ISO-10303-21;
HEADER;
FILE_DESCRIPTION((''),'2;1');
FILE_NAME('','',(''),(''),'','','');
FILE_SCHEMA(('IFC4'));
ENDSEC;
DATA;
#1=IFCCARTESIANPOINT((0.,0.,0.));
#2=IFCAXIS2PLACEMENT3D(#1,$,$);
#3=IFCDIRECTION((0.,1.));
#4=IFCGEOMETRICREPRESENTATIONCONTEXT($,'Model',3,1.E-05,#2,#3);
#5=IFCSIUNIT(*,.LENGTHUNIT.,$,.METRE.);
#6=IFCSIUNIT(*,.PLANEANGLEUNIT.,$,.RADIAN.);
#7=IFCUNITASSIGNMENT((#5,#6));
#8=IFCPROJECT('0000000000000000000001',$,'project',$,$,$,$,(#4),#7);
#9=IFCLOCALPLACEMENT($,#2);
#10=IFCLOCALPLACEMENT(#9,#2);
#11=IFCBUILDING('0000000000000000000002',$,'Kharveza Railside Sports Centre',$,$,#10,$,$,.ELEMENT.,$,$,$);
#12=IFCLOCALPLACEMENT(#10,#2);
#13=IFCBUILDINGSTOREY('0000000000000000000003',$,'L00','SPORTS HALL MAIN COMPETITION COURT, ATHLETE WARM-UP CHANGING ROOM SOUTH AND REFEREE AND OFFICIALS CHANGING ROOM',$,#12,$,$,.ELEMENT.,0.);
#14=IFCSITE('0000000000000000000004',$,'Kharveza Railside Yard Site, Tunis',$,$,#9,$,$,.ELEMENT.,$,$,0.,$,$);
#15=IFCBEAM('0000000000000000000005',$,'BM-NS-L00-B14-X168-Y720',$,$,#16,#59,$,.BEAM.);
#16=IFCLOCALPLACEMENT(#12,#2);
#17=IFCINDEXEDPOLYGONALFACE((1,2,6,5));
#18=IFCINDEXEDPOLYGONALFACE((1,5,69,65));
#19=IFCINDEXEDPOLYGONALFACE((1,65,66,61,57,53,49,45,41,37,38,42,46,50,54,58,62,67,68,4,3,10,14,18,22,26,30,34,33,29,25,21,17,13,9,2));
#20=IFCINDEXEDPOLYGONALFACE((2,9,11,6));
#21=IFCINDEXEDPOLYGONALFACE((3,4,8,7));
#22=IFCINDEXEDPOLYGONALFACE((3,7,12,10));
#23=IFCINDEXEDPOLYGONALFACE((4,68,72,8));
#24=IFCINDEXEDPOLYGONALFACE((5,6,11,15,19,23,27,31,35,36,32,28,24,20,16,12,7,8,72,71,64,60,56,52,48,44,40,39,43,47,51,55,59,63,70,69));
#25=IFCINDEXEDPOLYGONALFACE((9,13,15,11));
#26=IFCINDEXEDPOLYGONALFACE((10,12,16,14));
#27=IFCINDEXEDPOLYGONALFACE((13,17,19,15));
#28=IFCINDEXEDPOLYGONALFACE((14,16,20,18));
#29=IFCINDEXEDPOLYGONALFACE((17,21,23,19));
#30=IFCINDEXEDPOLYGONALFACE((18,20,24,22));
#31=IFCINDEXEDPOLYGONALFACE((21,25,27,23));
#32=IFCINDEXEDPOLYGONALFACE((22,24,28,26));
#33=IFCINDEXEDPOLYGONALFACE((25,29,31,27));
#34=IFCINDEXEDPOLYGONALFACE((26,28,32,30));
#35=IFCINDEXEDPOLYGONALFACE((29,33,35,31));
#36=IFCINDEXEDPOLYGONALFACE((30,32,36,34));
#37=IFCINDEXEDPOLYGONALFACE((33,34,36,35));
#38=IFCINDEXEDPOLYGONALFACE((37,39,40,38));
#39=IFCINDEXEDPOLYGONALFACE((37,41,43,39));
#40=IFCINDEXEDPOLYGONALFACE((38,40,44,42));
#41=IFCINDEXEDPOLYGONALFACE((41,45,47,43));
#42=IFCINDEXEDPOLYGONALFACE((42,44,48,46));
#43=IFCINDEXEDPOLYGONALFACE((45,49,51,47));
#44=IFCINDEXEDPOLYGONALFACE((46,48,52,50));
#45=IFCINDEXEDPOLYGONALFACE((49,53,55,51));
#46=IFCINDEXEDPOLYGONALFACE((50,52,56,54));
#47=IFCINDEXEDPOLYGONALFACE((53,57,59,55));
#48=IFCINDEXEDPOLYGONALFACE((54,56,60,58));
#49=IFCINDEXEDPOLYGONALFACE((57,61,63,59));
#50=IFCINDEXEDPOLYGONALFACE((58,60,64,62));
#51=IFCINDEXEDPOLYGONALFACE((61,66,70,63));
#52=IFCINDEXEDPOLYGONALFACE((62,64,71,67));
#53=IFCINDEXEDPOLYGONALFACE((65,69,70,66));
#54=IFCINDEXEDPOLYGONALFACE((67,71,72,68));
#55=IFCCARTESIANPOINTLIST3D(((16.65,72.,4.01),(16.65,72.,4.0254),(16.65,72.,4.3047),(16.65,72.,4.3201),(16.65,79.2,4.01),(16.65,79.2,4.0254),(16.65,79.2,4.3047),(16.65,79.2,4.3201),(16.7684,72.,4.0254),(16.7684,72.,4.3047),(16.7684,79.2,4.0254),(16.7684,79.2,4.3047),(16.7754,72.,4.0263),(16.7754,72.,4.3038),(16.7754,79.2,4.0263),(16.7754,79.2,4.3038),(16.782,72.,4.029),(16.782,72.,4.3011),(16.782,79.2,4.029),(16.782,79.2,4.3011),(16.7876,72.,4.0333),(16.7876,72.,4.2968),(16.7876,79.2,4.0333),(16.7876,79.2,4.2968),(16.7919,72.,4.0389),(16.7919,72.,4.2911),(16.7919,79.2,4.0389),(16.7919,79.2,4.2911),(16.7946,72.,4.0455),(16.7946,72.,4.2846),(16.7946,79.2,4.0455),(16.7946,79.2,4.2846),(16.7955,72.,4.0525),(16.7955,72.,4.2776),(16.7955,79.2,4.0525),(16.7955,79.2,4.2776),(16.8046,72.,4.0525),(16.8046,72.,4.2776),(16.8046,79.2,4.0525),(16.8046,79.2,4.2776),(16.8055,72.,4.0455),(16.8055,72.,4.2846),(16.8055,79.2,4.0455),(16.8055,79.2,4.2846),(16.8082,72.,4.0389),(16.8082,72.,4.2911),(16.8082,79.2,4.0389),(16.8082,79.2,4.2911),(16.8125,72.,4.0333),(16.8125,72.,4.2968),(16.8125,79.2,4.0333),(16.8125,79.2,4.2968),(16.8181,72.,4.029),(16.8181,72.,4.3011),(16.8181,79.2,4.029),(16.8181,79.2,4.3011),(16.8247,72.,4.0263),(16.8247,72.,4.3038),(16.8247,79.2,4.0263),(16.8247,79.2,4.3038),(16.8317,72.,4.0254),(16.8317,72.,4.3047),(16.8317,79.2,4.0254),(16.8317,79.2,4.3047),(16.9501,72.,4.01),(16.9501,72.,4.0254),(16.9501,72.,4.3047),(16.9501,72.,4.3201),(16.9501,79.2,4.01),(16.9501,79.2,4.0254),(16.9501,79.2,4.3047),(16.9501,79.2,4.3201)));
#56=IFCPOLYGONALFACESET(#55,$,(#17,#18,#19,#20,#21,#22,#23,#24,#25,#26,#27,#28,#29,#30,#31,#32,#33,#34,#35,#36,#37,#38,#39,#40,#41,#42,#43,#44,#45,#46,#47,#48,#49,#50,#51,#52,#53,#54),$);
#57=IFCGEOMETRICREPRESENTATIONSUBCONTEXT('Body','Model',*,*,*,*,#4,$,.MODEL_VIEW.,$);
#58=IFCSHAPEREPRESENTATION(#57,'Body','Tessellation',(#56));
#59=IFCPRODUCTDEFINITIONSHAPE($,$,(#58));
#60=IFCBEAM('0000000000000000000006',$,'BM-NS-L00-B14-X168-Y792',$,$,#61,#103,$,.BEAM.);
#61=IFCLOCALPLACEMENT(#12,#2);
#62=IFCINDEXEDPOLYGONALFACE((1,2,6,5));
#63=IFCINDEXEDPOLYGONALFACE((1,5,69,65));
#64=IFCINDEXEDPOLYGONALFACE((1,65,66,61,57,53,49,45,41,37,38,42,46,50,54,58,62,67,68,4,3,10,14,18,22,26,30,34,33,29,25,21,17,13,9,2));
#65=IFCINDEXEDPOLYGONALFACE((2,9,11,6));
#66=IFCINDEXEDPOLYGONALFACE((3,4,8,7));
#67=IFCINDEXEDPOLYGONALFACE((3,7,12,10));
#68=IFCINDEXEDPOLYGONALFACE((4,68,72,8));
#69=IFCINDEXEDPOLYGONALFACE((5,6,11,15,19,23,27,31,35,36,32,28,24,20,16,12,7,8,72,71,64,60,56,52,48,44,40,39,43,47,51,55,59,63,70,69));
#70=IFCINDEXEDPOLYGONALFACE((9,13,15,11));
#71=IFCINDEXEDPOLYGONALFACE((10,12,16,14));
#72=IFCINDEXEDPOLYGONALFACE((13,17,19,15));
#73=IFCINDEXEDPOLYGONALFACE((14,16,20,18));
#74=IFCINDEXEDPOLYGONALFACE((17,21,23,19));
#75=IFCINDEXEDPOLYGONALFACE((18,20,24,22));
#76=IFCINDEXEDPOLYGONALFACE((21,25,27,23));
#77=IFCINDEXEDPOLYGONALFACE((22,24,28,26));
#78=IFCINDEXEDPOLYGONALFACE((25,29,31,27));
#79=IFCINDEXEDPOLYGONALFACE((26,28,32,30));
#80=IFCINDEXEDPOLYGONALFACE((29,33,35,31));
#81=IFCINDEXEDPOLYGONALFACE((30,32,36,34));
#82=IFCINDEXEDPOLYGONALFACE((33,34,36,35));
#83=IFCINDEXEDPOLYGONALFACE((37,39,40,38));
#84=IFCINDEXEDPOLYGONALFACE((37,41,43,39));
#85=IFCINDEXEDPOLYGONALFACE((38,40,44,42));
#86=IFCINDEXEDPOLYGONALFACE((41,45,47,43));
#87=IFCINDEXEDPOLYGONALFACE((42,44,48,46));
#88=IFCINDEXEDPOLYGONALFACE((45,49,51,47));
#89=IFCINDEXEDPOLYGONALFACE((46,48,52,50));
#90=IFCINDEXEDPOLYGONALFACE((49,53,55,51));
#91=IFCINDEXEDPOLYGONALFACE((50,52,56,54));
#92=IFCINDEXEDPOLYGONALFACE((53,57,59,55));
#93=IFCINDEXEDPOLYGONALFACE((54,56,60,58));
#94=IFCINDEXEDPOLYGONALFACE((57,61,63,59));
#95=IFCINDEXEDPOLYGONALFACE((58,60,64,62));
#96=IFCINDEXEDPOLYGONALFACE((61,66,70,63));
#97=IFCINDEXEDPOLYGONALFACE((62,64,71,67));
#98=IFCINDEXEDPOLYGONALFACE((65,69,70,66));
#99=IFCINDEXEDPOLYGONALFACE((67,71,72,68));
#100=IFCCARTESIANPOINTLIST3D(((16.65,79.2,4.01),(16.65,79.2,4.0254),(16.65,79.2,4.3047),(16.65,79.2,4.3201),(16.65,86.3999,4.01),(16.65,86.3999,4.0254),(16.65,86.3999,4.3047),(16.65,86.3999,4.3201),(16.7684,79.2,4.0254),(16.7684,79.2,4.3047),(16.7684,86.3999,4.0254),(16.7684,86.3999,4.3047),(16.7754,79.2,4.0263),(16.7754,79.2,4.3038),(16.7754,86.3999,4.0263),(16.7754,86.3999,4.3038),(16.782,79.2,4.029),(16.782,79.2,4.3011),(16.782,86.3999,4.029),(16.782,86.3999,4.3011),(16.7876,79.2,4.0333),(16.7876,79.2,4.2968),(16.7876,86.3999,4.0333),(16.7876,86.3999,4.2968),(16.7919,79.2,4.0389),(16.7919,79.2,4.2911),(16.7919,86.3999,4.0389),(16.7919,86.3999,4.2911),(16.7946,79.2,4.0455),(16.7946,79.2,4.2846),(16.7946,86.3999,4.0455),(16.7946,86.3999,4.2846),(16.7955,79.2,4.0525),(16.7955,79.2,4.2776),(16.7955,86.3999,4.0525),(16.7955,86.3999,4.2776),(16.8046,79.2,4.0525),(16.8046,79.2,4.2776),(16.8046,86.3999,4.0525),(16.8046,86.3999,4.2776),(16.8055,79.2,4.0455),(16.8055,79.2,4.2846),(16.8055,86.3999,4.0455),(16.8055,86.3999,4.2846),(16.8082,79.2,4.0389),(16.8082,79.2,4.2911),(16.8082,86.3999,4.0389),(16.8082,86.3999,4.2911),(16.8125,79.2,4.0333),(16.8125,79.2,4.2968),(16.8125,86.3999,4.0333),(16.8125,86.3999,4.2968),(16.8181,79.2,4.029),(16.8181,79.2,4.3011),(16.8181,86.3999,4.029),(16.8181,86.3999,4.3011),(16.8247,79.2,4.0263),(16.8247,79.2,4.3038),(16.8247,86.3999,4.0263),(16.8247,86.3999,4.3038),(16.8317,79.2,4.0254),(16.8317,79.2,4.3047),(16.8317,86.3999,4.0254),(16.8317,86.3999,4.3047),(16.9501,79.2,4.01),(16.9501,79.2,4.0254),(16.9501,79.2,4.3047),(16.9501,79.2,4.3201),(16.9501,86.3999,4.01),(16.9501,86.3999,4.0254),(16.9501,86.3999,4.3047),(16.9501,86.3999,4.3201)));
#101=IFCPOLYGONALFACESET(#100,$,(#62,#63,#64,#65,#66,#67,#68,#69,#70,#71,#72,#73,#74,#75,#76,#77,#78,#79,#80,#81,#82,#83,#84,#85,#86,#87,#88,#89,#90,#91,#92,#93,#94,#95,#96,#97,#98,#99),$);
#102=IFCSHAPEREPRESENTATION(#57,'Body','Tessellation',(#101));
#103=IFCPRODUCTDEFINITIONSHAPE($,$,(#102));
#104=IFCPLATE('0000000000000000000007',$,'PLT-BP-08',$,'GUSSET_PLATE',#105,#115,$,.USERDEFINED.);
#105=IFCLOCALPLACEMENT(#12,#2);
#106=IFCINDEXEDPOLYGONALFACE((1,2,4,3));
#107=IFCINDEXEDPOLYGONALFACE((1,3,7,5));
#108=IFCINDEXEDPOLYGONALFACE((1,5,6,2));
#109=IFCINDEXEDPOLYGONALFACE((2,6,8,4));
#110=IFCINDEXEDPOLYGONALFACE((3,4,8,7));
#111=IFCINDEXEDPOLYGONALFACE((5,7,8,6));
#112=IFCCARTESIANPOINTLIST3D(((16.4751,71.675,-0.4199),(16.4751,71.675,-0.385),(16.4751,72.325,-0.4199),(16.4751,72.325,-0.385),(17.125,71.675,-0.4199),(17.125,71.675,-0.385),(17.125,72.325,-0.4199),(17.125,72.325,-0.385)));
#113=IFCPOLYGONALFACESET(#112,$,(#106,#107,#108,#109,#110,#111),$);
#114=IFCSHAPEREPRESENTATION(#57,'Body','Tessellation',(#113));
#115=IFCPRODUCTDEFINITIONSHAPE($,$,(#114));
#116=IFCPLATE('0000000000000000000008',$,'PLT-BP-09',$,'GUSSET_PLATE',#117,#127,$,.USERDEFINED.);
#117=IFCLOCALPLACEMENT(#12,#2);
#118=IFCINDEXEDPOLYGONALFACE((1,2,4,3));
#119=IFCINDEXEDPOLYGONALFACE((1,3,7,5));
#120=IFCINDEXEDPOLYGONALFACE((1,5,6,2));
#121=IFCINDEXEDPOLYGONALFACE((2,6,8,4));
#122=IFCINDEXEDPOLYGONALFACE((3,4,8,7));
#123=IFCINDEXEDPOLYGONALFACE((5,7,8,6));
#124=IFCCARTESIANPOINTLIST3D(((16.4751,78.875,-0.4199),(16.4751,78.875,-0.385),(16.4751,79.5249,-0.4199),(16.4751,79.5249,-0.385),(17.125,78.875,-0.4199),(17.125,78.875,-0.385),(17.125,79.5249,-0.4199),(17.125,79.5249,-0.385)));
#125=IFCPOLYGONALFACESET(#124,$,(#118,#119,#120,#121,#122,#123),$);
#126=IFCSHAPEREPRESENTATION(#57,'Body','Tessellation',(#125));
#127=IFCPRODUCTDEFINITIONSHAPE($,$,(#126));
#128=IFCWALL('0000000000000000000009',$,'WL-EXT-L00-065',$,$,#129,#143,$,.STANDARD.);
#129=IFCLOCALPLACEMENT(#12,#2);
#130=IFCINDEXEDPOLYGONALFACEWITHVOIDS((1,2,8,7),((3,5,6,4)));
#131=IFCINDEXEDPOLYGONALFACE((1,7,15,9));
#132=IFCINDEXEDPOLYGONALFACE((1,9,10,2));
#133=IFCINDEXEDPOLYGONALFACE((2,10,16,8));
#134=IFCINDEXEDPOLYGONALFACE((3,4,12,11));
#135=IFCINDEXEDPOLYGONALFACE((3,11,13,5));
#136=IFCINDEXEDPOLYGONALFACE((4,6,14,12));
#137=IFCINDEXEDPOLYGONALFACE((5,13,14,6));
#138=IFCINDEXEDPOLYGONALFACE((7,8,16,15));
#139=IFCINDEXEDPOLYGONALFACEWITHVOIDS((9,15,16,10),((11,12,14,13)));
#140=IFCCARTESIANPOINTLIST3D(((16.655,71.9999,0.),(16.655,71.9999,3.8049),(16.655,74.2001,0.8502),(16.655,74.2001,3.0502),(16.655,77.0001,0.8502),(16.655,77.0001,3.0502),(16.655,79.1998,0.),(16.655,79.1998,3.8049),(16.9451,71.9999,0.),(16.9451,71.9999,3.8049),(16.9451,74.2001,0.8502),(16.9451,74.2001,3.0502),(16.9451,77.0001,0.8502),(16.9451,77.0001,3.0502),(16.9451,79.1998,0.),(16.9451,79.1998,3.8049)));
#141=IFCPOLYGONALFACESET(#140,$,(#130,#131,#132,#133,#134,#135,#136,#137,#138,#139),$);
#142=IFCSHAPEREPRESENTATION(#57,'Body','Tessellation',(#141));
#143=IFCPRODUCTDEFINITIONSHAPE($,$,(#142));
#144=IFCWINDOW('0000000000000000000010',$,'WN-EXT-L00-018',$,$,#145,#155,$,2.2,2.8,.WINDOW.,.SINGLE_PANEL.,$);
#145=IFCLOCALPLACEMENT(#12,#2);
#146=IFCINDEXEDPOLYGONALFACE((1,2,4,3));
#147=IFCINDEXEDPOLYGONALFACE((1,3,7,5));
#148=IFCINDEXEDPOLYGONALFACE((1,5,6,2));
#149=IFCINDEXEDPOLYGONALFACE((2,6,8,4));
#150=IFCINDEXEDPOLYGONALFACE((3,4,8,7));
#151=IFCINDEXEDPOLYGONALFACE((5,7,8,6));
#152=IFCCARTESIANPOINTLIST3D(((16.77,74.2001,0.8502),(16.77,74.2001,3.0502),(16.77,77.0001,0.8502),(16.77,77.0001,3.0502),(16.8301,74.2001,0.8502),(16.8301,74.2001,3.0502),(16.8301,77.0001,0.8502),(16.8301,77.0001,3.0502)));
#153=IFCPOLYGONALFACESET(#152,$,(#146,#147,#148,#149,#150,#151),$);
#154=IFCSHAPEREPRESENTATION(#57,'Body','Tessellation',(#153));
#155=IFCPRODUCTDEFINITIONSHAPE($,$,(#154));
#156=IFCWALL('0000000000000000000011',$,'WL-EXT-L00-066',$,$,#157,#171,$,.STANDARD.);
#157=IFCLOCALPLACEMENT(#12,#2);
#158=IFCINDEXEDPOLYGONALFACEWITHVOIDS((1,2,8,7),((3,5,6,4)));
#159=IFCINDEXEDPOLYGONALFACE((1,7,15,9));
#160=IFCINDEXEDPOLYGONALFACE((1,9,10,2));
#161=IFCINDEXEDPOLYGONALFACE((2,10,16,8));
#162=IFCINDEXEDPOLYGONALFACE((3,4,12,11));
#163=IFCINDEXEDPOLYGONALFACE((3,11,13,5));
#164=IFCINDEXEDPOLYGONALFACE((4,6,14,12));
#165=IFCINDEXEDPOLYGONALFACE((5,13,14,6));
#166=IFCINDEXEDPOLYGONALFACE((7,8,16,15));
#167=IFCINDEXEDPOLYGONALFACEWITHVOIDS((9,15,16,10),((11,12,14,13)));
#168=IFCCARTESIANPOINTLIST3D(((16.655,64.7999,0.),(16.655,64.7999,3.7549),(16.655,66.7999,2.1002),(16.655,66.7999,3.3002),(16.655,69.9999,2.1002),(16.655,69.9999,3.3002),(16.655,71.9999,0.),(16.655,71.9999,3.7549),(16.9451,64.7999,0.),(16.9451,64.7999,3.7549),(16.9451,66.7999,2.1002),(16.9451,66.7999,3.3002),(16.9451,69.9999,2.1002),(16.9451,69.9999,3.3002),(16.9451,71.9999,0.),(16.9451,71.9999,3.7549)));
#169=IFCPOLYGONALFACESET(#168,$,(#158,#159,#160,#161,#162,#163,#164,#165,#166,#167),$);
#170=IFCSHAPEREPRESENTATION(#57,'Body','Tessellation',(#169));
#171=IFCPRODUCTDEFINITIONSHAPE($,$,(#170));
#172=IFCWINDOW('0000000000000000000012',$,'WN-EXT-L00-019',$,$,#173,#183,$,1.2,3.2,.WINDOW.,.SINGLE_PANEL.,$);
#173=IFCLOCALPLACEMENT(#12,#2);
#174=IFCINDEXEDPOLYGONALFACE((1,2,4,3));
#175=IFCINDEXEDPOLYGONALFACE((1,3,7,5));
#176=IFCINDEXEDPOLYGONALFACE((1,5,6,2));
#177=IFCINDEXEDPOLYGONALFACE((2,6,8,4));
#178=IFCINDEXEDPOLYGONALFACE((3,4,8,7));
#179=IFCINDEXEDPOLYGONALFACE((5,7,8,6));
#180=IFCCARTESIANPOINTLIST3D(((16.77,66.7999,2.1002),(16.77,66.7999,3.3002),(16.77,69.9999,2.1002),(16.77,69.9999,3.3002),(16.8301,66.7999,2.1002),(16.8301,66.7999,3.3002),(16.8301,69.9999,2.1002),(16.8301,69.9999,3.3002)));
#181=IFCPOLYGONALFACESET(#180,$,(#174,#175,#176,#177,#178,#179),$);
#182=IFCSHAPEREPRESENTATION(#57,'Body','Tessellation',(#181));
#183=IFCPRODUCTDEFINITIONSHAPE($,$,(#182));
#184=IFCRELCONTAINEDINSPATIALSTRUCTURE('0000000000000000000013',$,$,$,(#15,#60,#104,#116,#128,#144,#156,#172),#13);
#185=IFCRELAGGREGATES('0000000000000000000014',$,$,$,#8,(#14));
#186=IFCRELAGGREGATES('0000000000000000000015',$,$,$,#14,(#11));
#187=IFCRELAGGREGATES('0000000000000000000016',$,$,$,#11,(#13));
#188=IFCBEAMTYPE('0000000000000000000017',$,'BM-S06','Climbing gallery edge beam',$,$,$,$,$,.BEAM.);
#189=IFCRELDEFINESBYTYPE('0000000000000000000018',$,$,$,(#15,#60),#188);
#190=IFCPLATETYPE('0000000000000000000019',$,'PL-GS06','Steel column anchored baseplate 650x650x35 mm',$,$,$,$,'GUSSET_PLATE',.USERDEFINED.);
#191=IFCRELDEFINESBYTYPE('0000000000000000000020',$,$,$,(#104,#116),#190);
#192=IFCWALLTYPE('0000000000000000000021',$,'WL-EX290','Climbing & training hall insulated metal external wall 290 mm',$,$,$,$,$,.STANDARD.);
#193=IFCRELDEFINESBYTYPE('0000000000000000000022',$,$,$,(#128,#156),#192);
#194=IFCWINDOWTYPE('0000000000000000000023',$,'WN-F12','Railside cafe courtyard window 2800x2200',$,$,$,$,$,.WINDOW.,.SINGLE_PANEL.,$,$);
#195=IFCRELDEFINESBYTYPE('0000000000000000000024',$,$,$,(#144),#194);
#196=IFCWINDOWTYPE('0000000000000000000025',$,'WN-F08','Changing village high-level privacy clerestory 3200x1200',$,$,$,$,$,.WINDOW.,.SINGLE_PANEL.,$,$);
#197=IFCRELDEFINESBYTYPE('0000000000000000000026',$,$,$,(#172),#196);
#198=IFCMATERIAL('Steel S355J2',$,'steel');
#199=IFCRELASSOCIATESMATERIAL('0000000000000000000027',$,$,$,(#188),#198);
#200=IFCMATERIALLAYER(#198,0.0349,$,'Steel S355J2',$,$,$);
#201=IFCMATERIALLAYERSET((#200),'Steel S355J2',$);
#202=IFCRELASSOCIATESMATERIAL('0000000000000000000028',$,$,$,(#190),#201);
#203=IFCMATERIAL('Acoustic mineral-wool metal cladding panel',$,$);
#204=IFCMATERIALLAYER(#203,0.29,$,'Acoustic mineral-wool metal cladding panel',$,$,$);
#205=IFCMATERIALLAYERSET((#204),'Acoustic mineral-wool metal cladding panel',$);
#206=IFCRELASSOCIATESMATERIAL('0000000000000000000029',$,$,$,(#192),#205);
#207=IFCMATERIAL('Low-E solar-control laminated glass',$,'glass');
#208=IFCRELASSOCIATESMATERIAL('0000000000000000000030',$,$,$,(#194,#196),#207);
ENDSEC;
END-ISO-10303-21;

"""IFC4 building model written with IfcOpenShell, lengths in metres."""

from ifc_helpers import new_model, si_unit, direction, frame, frame_2d, origin, origin_2d, place, context, subcontext, project, spatial, rectangle, i_section, extrude, material, layer, layer_set, material_profile, profile_set, type_object, element, fill, save


model = new_model("IFC4")

# Units and contexts
model_context = context("Model", 3, precision=1e-05, world=origin(), true_north=direction((0.0, 1.0)))
body_context = subcontext(model_context, "Body", "Model", "MODEL_VIEW")
ifc_project = project(units=[si_unit("LENGTHUNIT", "METRE"), si_unit("PLANEANGLEUNIT", "RADIAN")], contexts=[model_context])

# Site, building, storey
site_placement = place(None, origin())
site = spatial("IfcSite", under=ifc_project, at=site_placement, Name="Kharveza Railside Yard Site, Tunis", CompositionType="ELEMENT", RefElevation=0.0)
building_placement = place(site_placement, origin())
building = spatial("IfcBuilding", under=site, at=building_placement, Name="Kharveza Railside Sports Centre", CompositionType="ELEMENT")
storey_placement = place(building_placement, origin())
storey = spatial("IfcBuildingStorey", under=building, at=storey_placement, Name="L00", Description="SPORTS HALL MAIN COMPETITION COURT, ATHLETE WARM-UP CHANGING ROOM SOUTH AND REFEREE AND OFFICIALS CHANGING ROOM", CompositionType="ELEMENT", Elevation=0.0)

# Shared definitions
ifc_material_1 = material(Name="Steel S355J2", Category="steel")

# Beams
ifc_material_profile_1 = material_profile(ifc_material_1, i_section(OverallWidth=0.3, OverallDepth=0.3101, WebThickness=0.009, FlangeThickness=0.0154, FilletRadius=0.0271, at=origin_2d()), Name="HEA 320")
ifc_profile_set_1 = profile_set([ifc_material_profile_1], Name="Steel S355J2")
beam_type_1 = type_object("IfcBeamType", Name="BM-S06", Description="Climbing gallery edge beam", PredefinedType="BEAM", material=ifc_profile_set_1)
for number, where, z_axis, x_axis, name in (
    (1, (16.8, 72.0, 4.165), (0.0, 1.0, 0.0), (-1.0, 0.0, 0.0), "BM-NS-L00-B14-X168-Y720"),
    (2, (16.8, 79.2, 4.165), (0.0, 1.0, 0.0), (-1.0, 0.0, 0.0), "BM-NS-L00-B14-X168-Y792"),
):
    element("IfcBeam", number, at=place(storey_placement, frame(where, z_axis=z_axis, x_axis=x_axis)), inside=storey, type_object=beam_type_1, Name=name, PredefinedType="BEAM", context=body_context, shape_type="SweptSolid", body=[
        extrude(i_section(OverallWidth=0.3, OverallDepth=0.3101, WebThickness=0.009, FlangeThickness=0.0154, FilletRadius=0.0271, at=origin_2d()), origin(), (0.0, 0.0, 1.0), 7.2),
    ])

# Plates
ifc_layer_1 = layer(ifc_material_1, 0.0349, Name="Steel S355J2")
ifc_layer_set_1 = layer_set([ifc_layer_1], Name="Steel S355J2")
plate_type = type_object("IfcPlateType", Name="PL-GS06", Description="Steel column anchored baseplate 650x650x35 mm", ElementType="GUSSET_PLATE", PredefinedType="USERDEFINED", material=ifc_layer_set_1)
for number, where, z_axis, x_axis, name in (
    (3, (16.8, 72.0, -0.4199), (0.0, 0.0, 1.0), (1.0, 0.0, 0.0), "PLT-BP-08"),
    (4, (16.8, 79.2, -0.4199), (0.0, 0.0, 1.0), (1.0, 0.0, 0.0), "PLT-BP-09"),
):
    element("IfcPlate", number, at=place(storey_placement, frame(where, z_axis=z_axis, x_axis=x_axis)), inside=storey, type_object=plate_type, Name=name, ObjectType="GUSSET_PLATE", PredefinedType="USERDEFINED", context=body_context, shape_type="SweptSolid", body=[
        extrude(rectangle(XDim=0.6499, YDim=0.6499, at=origin_2d()), origin(), (0.0, 0.0, 1.0), 0.0349),
    ])

# Walls, openings, windows
ifc_material_2 = material(Name="Acoustic mineral-wool metal cladding panel")
ifc_layer_2 = layer(ifc_material_2, 0.29, Name="Acoustic mineral-wool metal cladding panel")
ifc_layer_set_2 = layer_set([ifc_layer_2], Name="Acoustic mineral-wool metal cladding panel")
wall_type = type_object("IfcWallType", Name="WL-EX290", Description="Climbing & training hall insulated metal external wall 290 mm", PredefinedType="STANDARD", material=ifc_layer_set_2)
wall_1_placement = place(storey_placement, frame((16.8, 79.2, 0.0), z_axis=(0.0, 0.0, 1.0), x_axis=(0.0, -1.0, 0.0)))
wall_1 = element("IfcWall", 5, at=wall_1_placement, inside=storey, type_object=wall_type, Name="WL-EXT-L00-065", PredefinedType="STANDARD", context=body_context, shape_type="SweptSolid", body=[
    extrude(rectangle(XDim=7.2, YDim=0.29, at=frame_2d((3.6001, 0.0))), origin(), (0.0, 0.0, 1.0), 3.8049),
])
opening_1_placement = place(wall_1_placement, frame((2.2, 0.0, 0.8501)))
opening_1 = element("IfcOpeningElement", 6, at=opening_1_placement, cuts=wall_1, PredefinedType="OPENING", context=body_context, shape_type="SweptSolid", body=[
    extrude(rectangle(XDim=2.8, YDim=2.2, at=frame_2d((1.3999, 1.1001))), frame((0.0, 0.1699, 0.0), z_axis=(0.0, -1.0, 0.0), x_axis=(1.0, 0.0, 0.0)), (0.0, 0.0, 1.0), 0.3398),
])
ifc_material_3 = material(Name="Low-E solar-control laminated glass", Category="glass")
window_type_1 = type_object("IfcWindowType", Name="WN-F12", Description="Railside cafe courtyard window 2800x2200", PartitioningType="SINGLE_PANEL", PredefinedType="WINDOW", material=ifc_material_3)
window_1_placement = place(opening_1_placement, origin())
window_1 = element("IfcWindow", 7, at=window_1_placement, inside=storey, type_object=window_type_1, Name="WN-EXT-L00-018", OverallHeight=2.2, OverallWidth=2.8, PartitioningType="SINGLE_PANEL", PredefinedType="WINDOW", context=body_context, shape_type="SweptSolid", body=[
    extrude(rectangle(XDim=2.8, YDim=2.2, at=frame_2d((1.3999, 1.1001))), frame((0.0, 0.03, 0.0), z_axis=(0.0, -1.0, 0.0), x_axis=(1.0, 0.0, 0.0)), (0.0, 0.0, 1.0), 0.0601),
])
fill(opening_1, window_1)
wall_2_placement = place(storey_placement, frame((16.8, 72.0, 0.0), z_axis=(0.0, 0.0, 1.0), x_axis=(0.0, -1.0, 0.0)))
wall_2 = element("IfcWall", 8, at=wall_2_placement, inside=storey, type_object=wall_type, Name="WL-EXT-L00-066", PredefinedType="STANDARD", context=body_context, shape_type="SweptSolid", body=[
    extrude(rectangle(XDim=7.2, YDim=0.29, at=frame_2d((3.6001, 0.0))), origin(), (0.0, 0.0, 1.0), 3.7549),
])
opening_2_placement = place(wall_2_placement, frame((2.0, 0.0, 2.1001)))
opening_2 = element("IfcOpeningElement", 9, at=opening_2_placement, cuts=wall_2, PredefinedType="OPENING", context=body_context, shape_type="SweptSolid", body=[
    extrude(rectangle(XDim=3.2, YDim=1.2, at=frame_2d((1.6001, 0.6001))), frame((0.0, 0.1699, 0.0), z_axis=(0.0, -1.0, 0.0), x_axis=(1.0, 0.0, 0.0)), (0.0, 0.0, 1.0), 0.3398),
])
window_type_2 = type_object("IfcWindowType", Name="WN-F08", Description="Changing village high-level privacy clerestory 3200x1200", PartitioningType="SINGLE_PANEL", PredefinedType="WINDOW", material=ifc_material_3)
window_2_placement = place(opening_2_placement, origin())
window_2 = element("IfcWindow", 10, at=window_2_placement, inside=storey, type_object=window_type_2, Name="WN-EXT-L00-019", OverallHeight=1.2, OverallWidth=3.2, PartitioningType="SINGLE_PANEL", PredefinedType="WINDOW", context=body_context, shape_type="SweptSolid", body=[
    extrude(rectangle(XDim=3.2, YDim=1.2, at=frame_2d((1.6001, 0.6001))), frame((0.0, 0.03, 0.0), z_axis=(0.0, -1.0, 0.0), x_axis=(1.0, 0.0, 0.0)), (0.0, 0.0, 1.0), 0.0601),
])
fill(opening_2, window_2)

save(model, "model.ifc")
